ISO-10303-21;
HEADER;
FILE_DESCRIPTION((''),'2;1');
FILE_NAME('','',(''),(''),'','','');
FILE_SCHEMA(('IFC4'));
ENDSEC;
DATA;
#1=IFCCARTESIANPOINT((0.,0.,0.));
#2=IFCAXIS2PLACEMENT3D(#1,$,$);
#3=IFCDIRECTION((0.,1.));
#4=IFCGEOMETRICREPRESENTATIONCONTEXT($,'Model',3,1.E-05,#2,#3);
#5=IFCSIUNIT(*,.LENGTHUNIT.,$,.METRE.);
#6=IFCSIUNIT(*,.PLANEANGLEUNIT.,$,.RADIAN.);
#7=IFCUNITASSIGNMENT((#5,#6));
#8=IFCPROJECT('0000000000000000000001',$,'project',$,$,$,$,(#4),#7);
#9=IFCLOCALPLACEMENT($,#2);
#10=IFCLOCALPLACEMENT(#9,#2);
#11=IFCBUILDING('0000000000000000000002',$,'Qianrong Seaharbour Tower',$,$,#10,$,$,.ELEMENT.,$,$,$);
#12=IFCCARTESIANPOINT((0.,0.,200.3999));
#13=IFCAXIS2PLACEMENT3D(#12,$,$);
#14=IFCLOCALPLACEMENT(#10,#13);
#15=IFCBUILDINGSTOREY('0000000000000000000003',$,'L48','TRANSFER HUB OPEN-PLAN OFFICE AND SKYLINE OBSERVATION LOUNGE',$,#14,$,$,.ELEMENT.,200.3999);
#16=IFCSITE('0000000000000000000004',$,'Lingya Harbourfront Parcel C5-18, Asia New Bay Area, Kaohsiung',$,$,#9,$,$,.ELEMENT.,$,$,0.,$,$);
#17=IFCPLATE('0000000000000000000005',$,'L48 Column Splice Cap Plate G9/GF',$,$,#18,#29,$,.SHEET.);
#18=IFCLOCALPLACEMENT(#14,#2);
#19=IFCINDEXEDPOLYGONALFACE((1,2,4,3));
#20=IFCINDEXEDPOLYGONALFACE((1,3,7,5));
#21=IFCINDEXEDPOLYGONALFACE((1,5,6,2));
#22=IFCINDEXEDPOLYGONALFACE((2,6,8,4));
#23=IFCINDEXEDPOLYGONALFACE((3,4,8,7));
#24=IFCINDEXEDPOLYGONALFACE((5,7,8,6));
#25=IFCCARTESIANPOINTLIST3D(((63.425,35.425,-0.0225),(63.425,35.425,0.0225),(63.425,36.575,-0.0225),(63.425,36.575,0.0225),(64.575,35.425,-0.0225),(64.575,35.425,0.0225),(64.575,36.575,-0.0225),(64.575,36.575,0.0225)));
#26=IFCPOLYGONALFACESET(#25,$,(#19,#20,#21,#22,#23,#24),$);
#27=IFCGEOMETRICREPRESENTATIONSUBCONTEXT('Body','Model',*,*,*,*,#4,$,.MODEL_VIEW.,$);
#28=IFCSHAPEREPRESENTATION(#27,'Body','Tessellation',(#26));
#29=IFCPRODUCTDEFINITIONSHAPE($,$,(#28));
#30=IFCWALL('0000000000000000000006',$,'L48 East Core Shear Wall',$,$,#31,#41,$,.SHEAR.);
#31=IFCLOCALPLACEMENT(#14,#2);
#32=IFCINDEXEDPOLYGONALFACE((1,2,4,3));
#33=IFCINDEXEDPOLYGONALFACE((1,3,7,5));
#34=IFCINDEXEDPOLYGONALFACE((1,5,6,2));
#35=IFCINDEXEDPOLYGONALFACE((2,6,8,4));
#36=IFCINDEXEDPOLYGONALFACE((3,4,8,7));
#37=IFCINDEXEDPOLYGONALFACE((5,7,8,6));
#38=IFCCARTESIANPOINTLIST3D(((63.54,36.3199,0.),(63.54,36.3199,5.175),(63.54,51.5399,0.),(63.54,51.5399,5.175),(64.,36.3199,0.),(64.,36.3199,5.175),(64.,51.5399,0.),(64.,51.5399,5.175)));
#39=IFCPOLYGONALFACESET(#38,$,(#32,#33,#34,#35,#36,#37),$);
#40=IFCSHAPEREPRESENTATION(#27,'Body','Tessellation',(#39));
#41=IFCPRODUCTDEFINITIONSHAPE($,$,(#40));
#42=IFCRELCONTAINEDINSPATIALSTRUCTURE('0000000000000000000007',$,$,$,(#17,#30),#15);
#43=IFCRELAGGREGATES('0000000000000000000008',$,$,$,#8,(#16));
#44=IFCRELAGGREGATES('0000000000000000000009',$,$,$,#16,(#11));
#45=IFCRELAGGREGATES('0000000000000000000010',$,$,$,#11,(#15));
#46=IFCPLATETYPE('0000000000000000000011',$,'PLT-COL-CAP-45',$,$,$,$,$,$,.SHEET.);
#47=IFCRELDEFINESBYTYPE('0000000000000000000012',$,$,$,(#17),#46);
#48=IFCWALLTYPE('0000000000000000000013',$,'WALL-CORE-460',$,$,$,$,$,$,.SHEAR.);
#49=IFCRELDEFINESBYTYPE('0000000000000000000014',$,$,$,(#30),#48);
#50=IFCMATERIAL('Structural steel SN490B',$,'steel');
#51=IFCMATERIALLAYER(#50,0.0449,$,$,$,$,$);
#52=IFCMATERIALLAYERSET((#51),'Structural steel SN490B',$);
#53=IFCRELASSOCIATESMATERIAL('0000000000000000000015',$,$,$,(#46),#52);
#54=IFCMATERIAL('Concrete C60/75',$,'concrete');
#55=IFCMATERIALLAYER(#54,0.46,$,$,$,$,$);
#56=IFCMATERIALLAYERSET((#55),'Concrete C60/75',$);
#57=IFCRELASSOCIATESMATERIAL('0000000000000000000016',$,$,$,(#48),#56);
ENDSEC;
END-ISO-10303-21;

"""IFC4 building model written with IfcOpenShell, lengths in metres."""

from ifc_helpers import new_model, si_unit, direction, frame, frame_2d, origin, origin_2d, place, context, subcontext, project, spatial, rectangle, extrude, material, layer, layer_set, type_object, element, save


model = new_model("IFC4")

# Units and contexts
model_context = context("Model", 3, precision=1e-05, world=origin(), true_north=direction((0.0, 1.0)))
body_context = subcontext(model_context, "Body", "Model", "MODEL_VIEW")
ifc_project = project(units=[si_unit("LENGTHUNIT", "METRE"), si_unit("PLANEANGLEUNIT", "RADIAN")], contexts=[model_context])

# Site, building, storey
site_placement = place(None, origin())
site = spatial("IfcSite", under=ifc_project, at=site_placement, Name="Lingya Harbourfront Parcel C5-18, Asia New Bay Area, Kaohsiung", CompositionType="ELEMENT", RefElevation=0.0)
building_placement = place(site_placement, origin())
building = spatial("IfcBuilding", under=site, at=building_placement, Name="Qianrong Seaharbour Tower", CompositionType="ELEMENT")
storey_placement = place(building_placement, frame((0.0, 0.0, 200.3999)))
storey = spatial("IfcBuildingStorey", under=building, at=storey_placement, Name="L48", Description="TRANSFER HUB OPEN-PLAN OFFICE AND SKYLINE OBSERVATION LOUNGE", CompositionType="ELEMENT", Elevation=200.3999)

# Shared definitions
ifc_material_1 = material(Name="Structural steel SN490B", Category="steel")

# Plate
ifc_layer_1 = layer(ifc_material_1, 0.0449)
ifc_layer_set_1 = layer_set([ifc_layer_1], Name="Structural steel SN490B")
plate_type_1 = type_object("IfcPlateType", Name="PLT-COL-CAP-45", PredefinedType="SHEET", material=ifc_layer_set_1)
plate_1_placement = place(storey_placement, frame((64.0, 36.0, -0.0225), z_axis=(0.0, 0.0, 1.0), x_axis=(1.0, 0.0, 0.0)))
element("IfcPlate", 1, at=plate_1_placement, inside=storey, type_object=plate_type_1, Name="L48 Column Splice Cap Plate G9/GF", PredefinedType="SHEET", context=body_context, shape_type="SweptSolid", body=[
    extrude(rectangle(XDim=1.1499, YDim=1.1499, at=origin_2d()), origin(), (0.0, 0.0, 1.0), 0.0449),
])

# Wall
ifc_material_2 = material(Name="Concrete C60/75", Category="concrete")
ifc_layer_2 = layer(ifc_material_2, 0.46)
ifc_layer_set_2 = layer_set([ifc_layer_2], Name="Concrete C60/75")
wall_type = type_object("IfcWallType", Name="WALL-CORE-460", PredefinedType="SHEAR", material=ifc_layer_set_2)
wall_placement = place(storey_placement, frame((63.77, 36.3201, 0.0), z_axis=(0.0, 0.0, 1.0), x_axis=(0.0, 1.0, 0.0)))
element("IfcWall", 2, at=wall_placement, inside=storey, type_object=wall_type, Name="L48 East Core Shear Wall", PredefinedType="SHEAR", context=body_context, shape_type="SweptSolid", body=[
    extrude(rectangle(XDim=15.22, YDim=0.46, at=frame_2d((7.6099, 0.0))), origin(), (0.0, 0.0, 1.0), 5.175),
])

save(model, "model.ifc")
